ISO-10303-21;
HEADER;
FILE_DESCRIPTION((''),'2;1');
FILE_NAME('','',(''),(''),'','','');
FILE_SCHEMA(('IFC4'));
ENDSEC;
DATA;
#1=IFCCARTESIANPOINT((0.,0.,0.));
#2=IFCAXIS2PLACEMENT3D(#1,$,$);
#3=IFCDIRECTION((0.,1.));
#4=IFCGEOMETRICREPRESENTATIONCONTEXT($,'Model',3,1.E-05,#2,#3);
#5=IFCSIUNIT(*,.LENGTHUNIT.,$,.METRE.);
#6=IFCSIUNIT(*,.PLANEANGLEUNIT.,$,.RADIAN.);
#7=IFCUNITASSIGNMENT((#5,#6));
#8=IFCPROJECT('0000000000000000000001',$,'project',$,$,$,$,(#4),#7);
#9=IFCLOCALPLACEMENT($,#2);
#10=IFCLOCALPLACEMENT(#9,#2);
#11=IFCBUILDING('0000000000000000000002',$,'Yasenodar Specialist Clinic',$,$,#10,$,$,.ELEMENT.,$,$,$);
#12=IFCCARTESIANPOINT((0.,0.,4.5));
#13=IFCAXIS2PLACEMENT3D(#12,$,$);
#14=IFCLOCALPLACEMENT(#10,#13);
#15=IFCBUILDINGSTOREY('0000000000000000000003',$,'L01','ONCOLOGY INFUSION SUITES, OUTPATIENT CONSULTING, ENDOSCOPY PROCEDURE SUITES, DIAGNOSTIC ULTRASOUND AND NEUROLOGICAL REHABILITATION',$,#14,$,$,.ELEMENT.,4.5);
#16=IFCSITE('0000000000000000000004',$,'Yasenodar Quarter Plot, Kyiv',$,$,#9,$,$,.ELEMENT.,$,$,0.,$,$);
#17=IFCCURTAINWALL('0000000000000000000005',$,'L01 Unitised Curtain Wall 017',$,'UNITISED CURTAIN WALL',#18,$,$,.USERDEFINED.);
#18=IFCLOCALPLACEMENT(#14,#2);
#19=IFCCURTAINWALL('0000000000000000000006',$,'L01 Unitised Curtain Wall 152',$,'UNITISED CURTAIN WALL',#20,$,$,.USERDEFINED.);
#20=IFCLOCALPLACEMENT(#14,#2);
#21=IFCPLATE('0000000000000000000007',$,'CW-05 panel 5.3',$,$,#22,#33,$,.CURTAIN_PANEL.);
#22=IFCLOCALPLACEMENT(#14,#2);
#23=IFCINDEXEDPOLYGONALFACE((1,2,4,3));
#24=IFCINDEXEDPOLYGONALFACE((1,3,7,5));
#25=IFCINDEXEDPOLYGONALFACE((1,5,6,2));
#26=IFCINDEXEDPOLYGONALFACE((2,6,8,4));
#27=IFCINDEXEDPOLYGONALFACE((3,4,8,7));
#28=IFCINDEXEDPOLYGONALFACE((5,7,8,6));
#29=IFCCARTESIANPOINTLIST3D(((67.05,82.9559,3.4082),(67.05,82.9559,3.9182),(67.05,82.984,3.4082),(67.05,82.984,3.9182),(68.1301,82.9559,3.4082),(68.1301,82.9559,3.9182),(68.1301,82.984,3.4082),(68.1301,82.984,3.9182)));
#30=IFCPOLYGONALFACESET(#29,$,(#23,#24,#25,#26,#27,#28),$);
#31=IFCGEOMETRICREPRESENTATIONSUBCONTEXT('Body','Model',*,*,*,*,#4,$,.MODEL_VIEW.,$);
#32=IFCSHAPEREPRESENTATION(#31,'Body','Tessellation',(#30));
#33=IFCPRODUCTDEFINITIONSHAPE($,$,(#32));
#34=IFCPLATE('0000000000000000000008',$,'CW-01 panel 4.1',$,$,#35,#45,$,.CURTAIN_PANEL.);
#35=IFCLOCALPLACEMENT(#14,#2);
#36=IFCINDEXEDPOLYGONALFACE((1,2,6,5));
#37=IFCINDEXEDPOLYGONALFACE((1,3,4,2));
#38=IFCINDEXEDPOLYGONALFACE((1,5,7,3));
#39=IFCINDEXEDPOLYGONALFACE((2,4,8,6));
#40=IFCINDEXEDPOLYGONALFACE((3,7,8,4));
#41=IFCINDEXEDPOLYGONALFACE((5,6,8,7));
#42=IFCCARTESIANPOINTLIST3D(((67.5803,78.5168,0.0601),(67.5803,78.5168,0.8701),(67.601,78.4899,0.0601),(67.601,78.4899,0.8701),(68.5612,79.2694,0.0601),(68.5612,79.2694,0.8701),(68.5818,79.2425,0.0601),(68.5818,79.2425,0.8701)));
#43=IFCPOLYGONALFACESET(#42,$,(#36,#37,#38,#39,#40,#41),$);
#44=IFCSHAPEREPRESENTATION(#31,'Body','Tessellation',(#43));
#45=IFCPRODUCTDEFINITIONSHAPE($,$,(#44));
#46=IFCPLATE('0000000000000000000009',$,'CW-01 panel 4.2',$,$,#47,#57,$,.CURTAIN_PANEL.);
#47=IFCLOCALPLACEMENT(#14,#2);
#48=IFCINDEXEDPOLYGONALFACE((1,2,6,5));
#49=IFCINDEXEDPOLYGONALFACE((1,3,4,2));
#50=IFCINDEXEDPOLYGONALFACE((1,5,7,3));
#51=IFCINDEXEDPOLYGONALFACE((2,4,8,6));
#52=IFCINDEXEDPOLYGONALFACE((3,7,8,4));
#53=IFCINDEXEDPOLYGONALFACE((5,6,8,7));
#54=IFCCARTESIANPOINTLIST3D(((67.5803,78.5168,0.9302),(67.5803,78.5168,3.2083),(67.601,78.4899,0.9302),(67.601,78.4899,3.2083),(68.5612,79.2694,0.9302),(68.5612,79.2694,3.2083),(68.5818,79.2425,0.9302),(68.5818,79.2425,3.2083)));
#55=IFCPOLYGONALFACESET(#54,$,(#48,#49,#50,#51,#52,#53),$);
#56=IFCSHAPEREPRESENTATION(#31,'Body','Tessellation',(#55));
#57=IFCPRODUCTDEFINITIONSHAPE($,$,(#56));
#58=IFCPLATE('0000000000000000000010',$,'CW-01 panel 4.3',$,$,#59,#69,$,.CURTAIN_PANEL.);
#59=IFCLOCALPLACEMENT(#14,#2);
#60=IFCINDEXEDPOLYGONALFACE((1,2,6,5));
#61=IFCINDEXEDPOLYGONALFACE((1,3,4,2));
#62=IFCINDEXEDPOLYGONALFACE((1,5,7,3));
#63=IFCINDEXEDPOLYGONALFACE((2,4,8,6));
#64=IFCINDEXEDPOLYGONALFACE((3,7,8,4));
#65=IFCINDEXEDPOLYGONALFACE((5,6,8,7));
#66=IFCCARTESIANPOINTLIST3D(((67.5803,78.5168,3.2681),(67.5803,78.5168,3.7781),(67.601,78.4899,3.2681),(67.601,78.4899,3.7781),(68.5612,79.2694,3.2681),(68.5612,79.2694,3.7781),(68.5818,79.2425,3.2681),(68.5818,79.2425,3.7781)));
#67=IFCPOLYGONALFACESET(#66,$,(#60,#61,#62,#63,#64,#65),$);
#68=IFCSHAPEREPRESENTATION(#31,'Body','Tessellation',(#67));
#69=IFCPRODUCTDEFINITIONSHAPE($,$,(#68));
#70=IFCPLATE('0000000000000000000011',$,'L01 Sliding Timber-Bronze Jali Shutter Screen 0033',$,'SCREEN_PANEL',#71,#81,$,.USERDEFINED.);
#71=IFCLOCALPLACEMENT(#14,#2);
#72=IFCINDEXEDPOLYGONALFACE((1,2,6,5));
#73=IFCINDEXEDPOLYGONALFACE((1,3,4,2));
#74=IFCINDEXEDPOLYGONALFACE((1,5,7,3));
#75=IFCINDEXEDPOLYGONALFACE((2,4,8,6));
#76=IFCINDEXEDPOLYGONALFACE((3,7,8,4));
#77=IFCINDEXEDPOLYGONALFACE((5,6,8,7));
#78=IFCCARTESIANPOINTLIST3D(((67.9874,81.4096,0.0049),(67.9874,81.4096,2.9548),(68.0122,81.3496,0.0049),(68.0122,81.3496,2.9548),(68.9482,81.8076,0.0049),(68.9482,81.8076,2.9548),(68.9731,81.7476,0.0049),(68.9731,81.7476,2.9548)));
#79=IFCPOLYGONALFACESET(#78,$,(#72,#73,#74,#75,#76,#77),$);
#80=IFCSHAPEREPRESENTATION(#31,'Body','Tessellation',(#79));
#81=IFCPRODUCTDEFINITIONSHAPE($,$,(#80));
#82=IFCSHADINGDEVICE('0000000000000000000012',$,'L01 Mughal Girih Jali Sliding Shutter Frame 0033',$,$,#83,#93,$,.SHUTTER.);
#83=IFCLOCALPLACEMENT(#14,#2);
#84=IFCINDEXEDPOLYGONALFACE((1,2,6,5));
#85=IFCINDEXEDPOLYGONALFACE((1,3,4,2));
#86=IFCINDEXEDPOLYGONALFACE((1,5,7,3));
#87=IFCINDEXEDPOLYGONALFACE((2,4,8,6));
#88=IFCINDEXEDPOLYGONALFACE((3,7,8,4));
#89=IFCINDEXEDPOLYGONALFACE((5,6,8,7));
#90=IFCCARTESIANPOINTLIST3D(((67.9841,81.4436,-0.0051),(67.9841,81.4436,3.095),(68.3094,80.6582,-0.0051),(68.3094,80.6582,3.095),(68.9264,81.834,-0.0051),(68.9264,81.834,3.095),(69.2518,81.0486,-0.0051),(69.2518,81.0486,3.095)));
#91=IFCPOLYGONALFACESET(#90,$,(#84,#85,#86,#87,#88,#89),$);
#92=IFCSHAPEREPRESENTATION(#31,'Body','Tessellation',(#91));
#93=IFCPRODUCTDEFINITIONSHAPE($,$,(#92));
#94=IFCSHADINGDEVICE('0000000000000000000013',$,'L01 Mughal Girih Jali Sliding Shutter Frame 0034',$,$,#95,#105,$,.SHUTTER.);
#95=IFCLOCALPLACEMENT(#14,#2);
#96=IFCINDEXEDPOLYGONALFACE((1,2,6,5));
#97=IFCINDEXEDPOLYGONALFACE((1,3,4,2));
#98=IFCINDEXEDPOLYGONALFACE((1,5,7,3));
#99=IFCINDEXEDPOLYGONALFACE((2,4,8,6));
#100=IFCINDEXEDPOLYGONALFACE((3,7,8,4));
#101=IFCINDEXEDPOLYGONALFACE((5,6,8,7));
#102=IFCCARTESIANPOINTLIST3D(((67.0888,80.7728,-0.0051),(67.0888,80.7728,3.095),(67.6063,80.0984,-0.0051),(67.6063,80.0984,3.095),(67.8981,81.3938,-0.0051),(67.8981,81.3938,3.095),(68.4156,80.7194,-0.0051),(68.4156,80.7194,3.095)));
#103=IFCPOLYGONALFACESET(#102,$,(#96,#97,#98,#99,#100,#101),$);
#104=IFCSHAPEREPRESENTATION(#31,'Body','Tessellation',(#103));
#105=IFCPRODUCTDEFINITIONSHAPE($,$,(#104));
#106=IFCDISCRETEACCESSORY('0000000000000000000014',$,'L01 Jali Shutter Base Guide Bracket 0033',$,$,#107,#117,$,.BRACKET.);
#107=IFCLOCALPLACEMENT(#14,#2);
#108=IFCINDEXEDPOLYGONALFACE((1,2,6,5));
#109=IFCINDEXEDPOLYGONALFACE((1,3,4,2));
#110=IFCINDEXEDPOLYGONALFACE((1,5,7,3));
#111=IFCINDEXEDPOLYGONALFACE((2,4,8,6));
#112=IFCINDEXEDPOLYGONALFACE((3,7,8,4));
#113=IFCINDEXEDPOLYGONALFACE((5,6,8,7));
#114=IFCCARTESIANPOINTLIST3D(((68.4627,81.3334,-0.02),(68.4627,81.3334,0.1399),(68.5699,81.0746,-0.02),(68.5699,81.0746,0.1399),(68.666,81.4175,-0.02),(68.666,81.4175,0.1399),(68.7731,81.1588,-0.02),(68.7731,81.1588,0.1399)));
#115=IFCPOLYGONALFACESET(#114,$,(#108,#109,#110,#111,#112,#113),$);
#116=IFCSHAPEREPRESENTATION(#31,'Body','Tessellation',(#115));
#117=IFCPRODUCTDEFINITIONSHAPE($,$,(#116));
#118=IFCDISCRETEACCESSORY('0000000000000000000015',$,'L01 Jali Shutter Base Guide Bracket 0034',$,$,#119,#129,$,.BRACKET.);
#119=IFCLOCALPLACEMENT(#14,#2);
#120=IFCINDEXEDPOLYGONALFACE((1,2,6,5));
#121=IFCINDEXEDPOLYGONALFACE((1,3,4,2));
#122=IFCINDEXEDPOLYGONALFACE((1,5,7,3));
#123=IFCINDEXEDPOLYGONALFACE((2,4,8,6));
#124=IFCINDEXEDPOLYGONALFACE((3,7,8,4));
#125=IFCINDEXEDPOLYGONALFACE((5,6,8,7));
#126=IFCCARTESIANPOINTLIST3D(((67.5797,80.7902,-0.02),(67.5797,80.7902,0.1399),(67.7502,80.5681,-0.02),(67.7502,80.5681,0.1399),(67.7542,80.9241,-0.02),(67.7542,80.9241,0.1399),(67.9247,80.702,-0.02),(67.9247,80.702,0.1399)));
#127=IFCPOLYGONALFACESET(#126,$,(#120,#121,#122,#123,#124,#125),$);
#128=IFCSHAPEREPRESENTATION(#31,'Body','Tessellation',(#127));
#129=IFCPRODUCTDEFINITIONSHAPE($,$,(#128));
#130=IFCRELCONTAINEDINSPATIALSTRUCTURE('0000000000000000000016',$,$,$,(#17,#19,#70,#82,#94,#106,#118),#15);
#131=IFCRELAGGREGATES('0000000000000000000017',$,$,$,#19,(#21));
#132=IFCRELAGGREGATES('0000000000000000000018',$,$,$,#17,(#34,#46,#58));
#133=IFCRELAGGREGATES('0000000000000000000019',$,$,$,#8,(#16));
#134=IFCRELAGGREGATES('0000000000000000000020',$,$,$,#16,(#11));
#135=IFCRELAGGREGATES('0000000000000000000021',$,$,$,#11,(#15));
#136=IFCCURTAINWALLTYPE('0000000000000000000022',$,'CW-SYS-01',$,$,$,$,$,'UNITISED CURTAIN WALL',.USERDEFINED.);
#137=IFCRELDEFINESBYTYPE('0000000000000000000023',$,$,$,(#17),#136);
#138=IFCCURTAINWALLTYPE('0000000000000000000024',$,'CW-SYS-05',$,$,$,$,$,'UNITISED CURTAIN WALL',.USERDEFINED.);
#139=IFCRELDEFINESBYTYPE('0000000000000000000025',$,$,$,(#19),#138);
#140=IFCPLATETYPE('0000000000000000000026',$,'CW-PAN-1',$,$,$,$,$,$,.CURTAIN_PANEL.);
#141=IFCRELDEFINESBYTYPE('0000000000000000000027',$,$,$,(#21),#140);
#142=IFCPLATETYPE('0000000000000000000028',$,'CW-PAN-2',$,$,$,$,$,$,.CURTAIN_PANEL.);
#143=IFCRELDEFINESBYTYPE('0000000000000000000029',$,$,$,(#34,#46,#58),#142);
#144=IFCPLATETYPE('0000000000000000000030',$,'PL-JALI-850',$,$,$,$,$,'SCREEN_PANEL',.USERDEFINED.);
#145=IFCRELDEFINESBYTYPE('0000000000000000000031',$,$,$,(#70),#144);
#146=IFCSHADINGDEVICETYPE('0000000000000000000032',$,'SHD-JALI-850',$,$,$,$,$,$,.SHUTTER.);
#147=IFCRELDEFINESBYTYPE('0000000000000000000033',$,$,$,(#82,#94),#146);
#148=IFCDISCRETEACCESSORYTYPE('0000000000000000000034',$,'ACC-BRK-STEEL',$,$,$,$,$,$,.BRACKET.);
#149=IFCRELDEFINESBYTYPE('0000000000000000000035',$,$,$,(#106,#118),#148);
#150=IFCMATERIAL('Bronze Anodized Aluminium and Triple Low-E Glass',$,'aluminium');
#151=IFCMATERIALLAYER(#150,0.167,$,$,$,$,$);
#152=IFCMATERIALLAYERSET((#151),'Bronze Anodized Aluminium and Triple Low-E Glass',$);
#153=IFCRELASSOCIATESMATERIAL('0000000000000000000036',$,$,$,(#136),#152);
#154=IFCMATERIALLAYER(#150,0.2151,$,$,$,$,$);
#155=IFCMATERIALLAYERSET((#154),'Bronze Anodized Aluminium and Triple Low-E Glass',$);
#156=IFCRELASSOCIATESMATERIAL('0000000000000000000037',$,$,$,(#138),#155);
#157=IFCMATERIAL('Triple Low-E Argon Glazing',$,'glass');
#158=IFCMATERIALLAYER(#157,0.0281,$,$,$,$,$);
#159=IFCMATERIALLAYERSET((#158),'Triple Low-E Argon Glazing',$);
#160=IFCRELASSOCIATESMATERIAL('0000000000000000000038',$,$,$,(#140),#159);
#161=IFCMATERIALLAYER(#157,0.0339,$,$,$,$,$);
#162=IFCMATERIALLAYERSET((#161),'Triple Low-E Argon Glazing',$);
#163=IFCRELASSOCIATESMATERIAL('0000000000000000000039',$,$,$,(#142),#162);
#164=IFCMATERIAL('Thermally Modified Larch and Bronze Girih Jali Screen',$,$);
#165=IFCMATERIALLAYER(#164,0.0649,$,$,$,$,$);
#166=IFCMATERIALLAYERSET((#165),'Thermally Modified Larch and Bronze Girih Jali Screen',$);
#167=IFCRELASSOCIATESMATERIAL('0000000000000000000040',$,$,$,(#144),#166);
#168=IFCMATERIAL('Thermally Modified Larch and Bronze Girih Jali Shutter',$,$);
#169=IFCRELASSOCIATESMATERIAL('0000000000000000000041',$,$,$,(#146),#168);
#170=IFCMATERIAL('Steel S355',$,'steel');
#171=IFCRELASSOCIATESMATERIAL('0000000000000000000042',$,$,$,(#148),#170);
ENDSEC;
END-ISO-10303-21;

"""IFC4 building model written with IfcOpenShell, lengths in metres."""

from ifc_helpers import new_model, si_unit, direction, frame, origin, origin_2d, place, context, subcontext, project, spatial, rectangle, extrude, material, layer, layer_set, type_object, element, aggregate, save


model = new_model("IFC4")

# Units and contexts
model_context = context("Model", 3, precision=1e-05, world=origin(), true_north=direction((0.0, 1.0)))
body_context = subcontext(model_context, "Body", "Model", "MODEL_VIEW")
ifc_project = project(units=[si_unit("LENGTHUNIT", "METRE"), si_unit("PLANEANGLEUNIT", "RADIAN")], contexts=[model_context])

# Site, building, storey
site_placement = place(None, origin())
site = spatial("IfcSite", under=ifc_project, at=site_placement, Name="Yasenodar Quarter Plot, Kyiv", CompositionType="ELEMENT", RefElevation=0.0)
building_placement = place(site_placement, origin())
building = spatial("IfcBuilding", under=site, at=building_placement, Name="Yasenodar Specialist Clinic", CompositionType="ELEMENT")
storey_placement = place(building_placement, frame((0.0, 0.0, 4.5)))
storey = spatial("IfcBuildingStorey", under=building, at=storey_placement, Name="L01", Description="ONCOLOGY INFUSION SUITES, OUTPATIENT CONSULTING, ENDOSCOPY PROCEDURE SUITES, DIAGNOSTIC ULTRASOUND AND NEUROLOGICAL REHABILITATION", CompositionType="ELEMENT", Elevation=4.5)

# Curtain walls
ifc_material_1 = material(Name="Bronze Anodized Aluminium and Triple Low-E Glass", Category="aluminium")
ifc_layer_1 = layer(ifc_material_1, 0.167)
ifc_layer_set_1 = layer_set([ifc_layer_1], Name="Bronze Anodized Aluminium and Triple Low-E Glass")
curtain_wall_type_1 = type_object("IfcCurtainWallType", Name="CW-SYS-01", ElementType="UNITISED CURTAIN WALL", PredefinedType="USERDEFINED", material=ifc_layer_set_1)
curtain_wall_1_placement = place(storey_placement, origin())
curtain_wall_1 = element("IfcCurtainWall", 1, at=curtain_wall_1_placement, inside=storey, type_object=curtain_wall_type_1, Name="L01 Unitised Curtain Wall 017", ObjectType="UNITISED CURTAIN WALL", PredefinedType="USERDEFINED")
ifc_layer_2 = layer(ifc_material_1, 0.2151)
ifc_layer_set_2 = layer_set([ifc_layer_2], Name="Bronze Anodized Aluminium and Triple Low-E Glass")
curtain_wall_type_2 = type_object("IfcCurtainWallType", Name="CW-SYS-05", ElementType="UNITISED CURTAIN WALL", PredefinedType="USERDEFINED", material=ifc_layer_set_2)
curtain_wall_2_placement = place(storey_placement, origin())
curtain_wall_2 = element("IfcCurtainWall", 2, at=curtain_wall_2_placement, inside=storey, type_object=curtain_wall_type_2, Name="L01 Unitised Curtain Wall 152", ObjectType="UNITISED CURTAIN WALL", PredefinedType="USERDEFINED")

# Plates
ifc_material_2 = material(Name="Triple Low-E Argon Glazing", Category="glass")
ifc_layer_3 = layer(ifc_material_2, 0.0281)
ifc_layer_set_3 = layer_set([ifc_layer_3], Name="Triple Low-E Argon Glazing")
plate_type_1 = type_object("IfcPlateType", Name="CW-PAN-1", PredefinedType="CURTAIN_PANEL", material=ifc_layer_set_3)
plate_1_placement = place(storey_placement, frame((67.5901, 82.97, 3.4082), z_axis=(0.0, 0.0, 1.0), x_axis=(-1.0, 0.0, 0.0)))
plate_1 = element("IfcPlate", 3, at=plate_1_placement, type_object=plate_type_1, Name="CW-05 panel 5.3", PredefinedType="CURTAIN_PANEL", context=body_context, shape_type="SweptSolid", body=[
    extrude(rectangle(XDim=1.0801, YDim=0.0281, at=origin_2d()), origin(), (0.0, 0.0, 1.0), 0.51),
])
aggregate(curtain_wall_2, [plate_1])
ifc_layer_4 = layer(ifc_material_2, 0.0339)
ifc_layer_set_4 = layer_set([ifc_layer_4], Name="Triple Low-E Argon Glazing")
plate_type_2 = type_object("IfcPlateType", Name="CW-PAN-2", PredefinedType="CURTAIN_PANEL", material=ifc_layer_set_4)
plate_2_placement = place(storey_placement, frame((68.0811, 78.8796, 0.0601), z_axis=(0.0, 0.0, 1.0), x_axis=(0.793361, 0.608752, 0.0)))
plate_2 = element("IfcPlate", 4, at=plate_2_placement, type_object=plate_type_2, Name="CW-01 panel 4.1", PredefinedType="CURTAIN_PANEL", context=body_context, shape_type="SweptSolid", body=[
    extrude(rectangle(XDim=1.2363, YDim=0.0339, at=origin_2d()), origin(), (0.0, 0.0, 1.0), 0.8101),
])
plate_3_placement = place(storey_placement, frame((68.0811, 78.8796, 0.9302), z_axis=(0.0, 0.0, 1.0), x_axis=(0.793361, 0.608752, 0.0)))
plate_3 = element("IfcPlate", 5, at=plate_3_placement, type_object=plate_type_2, Name="CW-01 panel 4.2", PredefinedType="CURTAIN_PANEL", context=body_context, shape_type="SweptSolid", body=[
    extrude(rectangle(XDim=1.2363, YDim=0.0339, at=origin_2d()), origin(), (0.0, 0.0, 1.0), 2.2781),
])
plate_4_placement = place(storey_placement, frame((68.0811, 78.8796, 3.2681), z_axis=(0.0, 0.0, 1.0), x_axis=(0.793361, 0.608752, 0.0)))
plate_4 = element("IfcPlate", 6, at=plate_4_placement, type_object=plate_type_2, Name="CW-01 panel 4.3", PredefinedType="CURTAIN_PANEL", context=body_context, shape_type="SweptSolid", body=[
    extrude(rectangle(XDim=1.2363, YDim=0.0339, at=origin_2d()), origin(), (0.0, 0.0, 1.0), 0.51),
])
aggregate(curtain_wall_1, [plate_2, plate_3, plate_4])
ifc_material_3 = material(Name="Thermally Modified Larch and Bronze Girih Jali Screen")
ifc_layer_5 = layer(ifc_material_3, 0.0649)
ifc_layer_set_5 = layer_set([ifc_layer_5], Name="Thermally Modified Larch and Bronze Girih Jali Screen")
plate_type_3 = type_object("IfcPlateType", Name="PL-JALI-850", ElementType="SCREEN_PANEL", PredefinedType="USERDEFINED", material=ifc_layer_set_5)
plate_5_placement = place(storey_placement, frame((68.4802, 81.5786, 0.0049), z_axis=(0.0, 0.0, 1.0), x_axis=(-0.923878, -0.382687, 0.0)))
element("IfcPlate", 7, at=plate_5_placement, inside=storey, type_object=plate_type_3, Name="L01 Sliding Timber-Bronze Jali Shutter Screen 0033", ObjectType="SCREEN_PANEL", PredefinedType="USERDEFINED", context=body_context, shape_type="SweptSolid", body=[
    extrude(rectangle(XDim=1.04, YDim=0.0649, at=origin_2d()), origin(), (0.0, 0.0, 1.0), 2.95),
])

# Shading devices
ifc_material_4 = material(Name="Thermally Modified Larch and Bronze Girih Jali Shutter")
shading_device_type = type_object("IfcShadingDeviceType", Name="SHD-JALI-850", PredefinedType="SHUTTER", material=ifc_material_4)
for number, where, z_axis, x_axis, name in (
    (8, (68.6179, 81.2461, -0.0051), (0.0, 0.0, 1.0), (-0.923878, -0.382687, 0.0), "L01 Mughal Girih Jali Sliding Shutter Frame 0033"),
    (9, (67.7522, 80.7461, -0.0051), (0.0, 0.0, 1.0), (-0.793351, -0.608764, 0.0), "L01 Mughal Girih Jali Sliding Shutter Frame 0034"),
):
    element("IfcShadingDevice", number, at=place(storey_placement, frame(where, z_axis=z_axis, x_axis=x_axis)), inside=storey, type_object=shading_device_type, Name=name, PredefinedType="SHUTTER", context=body_context, shape_type="SweptSolid", body=[
        extrude(rectangle(XDim=1.02, YDim=0.8501, at=origin_2d()), origin(), (0.0, 0.0, 1.0), 3.1001),
    ])

# Discrete accessories
ifc_material_5 = material(Name="Steel S355", Category="steel")
discrete_accessory_type = type_object("IfcDiscreteAccessoryType", Name="ACC-BRK-STEEL", PredefinedType="BRACKET", material=ifc_material_5)
for number, where, z_axis, x_axis, name in (
    (10, (68.6179, 81.2461, -0.02), (0.0, 0.0, 1.0), (-0.923878, -0.382687, 0.0), "L01 Jali Shutter Base Guide Bracket 0033"),
    (11, (67.7522, 80.7461, -0.02), (0.0, 0.0, 1.0), (-0.793351, -0.608764, 0.0), "L01 Jali Shutter Base Guide Bracket 0034"),
):
    element("IfcDiscreteAccessory", number, at=place(storey_placement, frame(where, z_axis=z_axis, x_axis=x_axis)), inside=storey, type_object=discrete_accessory_type, Name=name, PredefinedType="BRACKET", context=body_context, shape_type="SweptSolid", body=[
        extrude(rectangle(XDim=0.22, YDim=0.28, at=origin_2d()), origin(), (0.0, 0.0, 1.0), 0.1599),
    ])

save(model, "model.ifc")
